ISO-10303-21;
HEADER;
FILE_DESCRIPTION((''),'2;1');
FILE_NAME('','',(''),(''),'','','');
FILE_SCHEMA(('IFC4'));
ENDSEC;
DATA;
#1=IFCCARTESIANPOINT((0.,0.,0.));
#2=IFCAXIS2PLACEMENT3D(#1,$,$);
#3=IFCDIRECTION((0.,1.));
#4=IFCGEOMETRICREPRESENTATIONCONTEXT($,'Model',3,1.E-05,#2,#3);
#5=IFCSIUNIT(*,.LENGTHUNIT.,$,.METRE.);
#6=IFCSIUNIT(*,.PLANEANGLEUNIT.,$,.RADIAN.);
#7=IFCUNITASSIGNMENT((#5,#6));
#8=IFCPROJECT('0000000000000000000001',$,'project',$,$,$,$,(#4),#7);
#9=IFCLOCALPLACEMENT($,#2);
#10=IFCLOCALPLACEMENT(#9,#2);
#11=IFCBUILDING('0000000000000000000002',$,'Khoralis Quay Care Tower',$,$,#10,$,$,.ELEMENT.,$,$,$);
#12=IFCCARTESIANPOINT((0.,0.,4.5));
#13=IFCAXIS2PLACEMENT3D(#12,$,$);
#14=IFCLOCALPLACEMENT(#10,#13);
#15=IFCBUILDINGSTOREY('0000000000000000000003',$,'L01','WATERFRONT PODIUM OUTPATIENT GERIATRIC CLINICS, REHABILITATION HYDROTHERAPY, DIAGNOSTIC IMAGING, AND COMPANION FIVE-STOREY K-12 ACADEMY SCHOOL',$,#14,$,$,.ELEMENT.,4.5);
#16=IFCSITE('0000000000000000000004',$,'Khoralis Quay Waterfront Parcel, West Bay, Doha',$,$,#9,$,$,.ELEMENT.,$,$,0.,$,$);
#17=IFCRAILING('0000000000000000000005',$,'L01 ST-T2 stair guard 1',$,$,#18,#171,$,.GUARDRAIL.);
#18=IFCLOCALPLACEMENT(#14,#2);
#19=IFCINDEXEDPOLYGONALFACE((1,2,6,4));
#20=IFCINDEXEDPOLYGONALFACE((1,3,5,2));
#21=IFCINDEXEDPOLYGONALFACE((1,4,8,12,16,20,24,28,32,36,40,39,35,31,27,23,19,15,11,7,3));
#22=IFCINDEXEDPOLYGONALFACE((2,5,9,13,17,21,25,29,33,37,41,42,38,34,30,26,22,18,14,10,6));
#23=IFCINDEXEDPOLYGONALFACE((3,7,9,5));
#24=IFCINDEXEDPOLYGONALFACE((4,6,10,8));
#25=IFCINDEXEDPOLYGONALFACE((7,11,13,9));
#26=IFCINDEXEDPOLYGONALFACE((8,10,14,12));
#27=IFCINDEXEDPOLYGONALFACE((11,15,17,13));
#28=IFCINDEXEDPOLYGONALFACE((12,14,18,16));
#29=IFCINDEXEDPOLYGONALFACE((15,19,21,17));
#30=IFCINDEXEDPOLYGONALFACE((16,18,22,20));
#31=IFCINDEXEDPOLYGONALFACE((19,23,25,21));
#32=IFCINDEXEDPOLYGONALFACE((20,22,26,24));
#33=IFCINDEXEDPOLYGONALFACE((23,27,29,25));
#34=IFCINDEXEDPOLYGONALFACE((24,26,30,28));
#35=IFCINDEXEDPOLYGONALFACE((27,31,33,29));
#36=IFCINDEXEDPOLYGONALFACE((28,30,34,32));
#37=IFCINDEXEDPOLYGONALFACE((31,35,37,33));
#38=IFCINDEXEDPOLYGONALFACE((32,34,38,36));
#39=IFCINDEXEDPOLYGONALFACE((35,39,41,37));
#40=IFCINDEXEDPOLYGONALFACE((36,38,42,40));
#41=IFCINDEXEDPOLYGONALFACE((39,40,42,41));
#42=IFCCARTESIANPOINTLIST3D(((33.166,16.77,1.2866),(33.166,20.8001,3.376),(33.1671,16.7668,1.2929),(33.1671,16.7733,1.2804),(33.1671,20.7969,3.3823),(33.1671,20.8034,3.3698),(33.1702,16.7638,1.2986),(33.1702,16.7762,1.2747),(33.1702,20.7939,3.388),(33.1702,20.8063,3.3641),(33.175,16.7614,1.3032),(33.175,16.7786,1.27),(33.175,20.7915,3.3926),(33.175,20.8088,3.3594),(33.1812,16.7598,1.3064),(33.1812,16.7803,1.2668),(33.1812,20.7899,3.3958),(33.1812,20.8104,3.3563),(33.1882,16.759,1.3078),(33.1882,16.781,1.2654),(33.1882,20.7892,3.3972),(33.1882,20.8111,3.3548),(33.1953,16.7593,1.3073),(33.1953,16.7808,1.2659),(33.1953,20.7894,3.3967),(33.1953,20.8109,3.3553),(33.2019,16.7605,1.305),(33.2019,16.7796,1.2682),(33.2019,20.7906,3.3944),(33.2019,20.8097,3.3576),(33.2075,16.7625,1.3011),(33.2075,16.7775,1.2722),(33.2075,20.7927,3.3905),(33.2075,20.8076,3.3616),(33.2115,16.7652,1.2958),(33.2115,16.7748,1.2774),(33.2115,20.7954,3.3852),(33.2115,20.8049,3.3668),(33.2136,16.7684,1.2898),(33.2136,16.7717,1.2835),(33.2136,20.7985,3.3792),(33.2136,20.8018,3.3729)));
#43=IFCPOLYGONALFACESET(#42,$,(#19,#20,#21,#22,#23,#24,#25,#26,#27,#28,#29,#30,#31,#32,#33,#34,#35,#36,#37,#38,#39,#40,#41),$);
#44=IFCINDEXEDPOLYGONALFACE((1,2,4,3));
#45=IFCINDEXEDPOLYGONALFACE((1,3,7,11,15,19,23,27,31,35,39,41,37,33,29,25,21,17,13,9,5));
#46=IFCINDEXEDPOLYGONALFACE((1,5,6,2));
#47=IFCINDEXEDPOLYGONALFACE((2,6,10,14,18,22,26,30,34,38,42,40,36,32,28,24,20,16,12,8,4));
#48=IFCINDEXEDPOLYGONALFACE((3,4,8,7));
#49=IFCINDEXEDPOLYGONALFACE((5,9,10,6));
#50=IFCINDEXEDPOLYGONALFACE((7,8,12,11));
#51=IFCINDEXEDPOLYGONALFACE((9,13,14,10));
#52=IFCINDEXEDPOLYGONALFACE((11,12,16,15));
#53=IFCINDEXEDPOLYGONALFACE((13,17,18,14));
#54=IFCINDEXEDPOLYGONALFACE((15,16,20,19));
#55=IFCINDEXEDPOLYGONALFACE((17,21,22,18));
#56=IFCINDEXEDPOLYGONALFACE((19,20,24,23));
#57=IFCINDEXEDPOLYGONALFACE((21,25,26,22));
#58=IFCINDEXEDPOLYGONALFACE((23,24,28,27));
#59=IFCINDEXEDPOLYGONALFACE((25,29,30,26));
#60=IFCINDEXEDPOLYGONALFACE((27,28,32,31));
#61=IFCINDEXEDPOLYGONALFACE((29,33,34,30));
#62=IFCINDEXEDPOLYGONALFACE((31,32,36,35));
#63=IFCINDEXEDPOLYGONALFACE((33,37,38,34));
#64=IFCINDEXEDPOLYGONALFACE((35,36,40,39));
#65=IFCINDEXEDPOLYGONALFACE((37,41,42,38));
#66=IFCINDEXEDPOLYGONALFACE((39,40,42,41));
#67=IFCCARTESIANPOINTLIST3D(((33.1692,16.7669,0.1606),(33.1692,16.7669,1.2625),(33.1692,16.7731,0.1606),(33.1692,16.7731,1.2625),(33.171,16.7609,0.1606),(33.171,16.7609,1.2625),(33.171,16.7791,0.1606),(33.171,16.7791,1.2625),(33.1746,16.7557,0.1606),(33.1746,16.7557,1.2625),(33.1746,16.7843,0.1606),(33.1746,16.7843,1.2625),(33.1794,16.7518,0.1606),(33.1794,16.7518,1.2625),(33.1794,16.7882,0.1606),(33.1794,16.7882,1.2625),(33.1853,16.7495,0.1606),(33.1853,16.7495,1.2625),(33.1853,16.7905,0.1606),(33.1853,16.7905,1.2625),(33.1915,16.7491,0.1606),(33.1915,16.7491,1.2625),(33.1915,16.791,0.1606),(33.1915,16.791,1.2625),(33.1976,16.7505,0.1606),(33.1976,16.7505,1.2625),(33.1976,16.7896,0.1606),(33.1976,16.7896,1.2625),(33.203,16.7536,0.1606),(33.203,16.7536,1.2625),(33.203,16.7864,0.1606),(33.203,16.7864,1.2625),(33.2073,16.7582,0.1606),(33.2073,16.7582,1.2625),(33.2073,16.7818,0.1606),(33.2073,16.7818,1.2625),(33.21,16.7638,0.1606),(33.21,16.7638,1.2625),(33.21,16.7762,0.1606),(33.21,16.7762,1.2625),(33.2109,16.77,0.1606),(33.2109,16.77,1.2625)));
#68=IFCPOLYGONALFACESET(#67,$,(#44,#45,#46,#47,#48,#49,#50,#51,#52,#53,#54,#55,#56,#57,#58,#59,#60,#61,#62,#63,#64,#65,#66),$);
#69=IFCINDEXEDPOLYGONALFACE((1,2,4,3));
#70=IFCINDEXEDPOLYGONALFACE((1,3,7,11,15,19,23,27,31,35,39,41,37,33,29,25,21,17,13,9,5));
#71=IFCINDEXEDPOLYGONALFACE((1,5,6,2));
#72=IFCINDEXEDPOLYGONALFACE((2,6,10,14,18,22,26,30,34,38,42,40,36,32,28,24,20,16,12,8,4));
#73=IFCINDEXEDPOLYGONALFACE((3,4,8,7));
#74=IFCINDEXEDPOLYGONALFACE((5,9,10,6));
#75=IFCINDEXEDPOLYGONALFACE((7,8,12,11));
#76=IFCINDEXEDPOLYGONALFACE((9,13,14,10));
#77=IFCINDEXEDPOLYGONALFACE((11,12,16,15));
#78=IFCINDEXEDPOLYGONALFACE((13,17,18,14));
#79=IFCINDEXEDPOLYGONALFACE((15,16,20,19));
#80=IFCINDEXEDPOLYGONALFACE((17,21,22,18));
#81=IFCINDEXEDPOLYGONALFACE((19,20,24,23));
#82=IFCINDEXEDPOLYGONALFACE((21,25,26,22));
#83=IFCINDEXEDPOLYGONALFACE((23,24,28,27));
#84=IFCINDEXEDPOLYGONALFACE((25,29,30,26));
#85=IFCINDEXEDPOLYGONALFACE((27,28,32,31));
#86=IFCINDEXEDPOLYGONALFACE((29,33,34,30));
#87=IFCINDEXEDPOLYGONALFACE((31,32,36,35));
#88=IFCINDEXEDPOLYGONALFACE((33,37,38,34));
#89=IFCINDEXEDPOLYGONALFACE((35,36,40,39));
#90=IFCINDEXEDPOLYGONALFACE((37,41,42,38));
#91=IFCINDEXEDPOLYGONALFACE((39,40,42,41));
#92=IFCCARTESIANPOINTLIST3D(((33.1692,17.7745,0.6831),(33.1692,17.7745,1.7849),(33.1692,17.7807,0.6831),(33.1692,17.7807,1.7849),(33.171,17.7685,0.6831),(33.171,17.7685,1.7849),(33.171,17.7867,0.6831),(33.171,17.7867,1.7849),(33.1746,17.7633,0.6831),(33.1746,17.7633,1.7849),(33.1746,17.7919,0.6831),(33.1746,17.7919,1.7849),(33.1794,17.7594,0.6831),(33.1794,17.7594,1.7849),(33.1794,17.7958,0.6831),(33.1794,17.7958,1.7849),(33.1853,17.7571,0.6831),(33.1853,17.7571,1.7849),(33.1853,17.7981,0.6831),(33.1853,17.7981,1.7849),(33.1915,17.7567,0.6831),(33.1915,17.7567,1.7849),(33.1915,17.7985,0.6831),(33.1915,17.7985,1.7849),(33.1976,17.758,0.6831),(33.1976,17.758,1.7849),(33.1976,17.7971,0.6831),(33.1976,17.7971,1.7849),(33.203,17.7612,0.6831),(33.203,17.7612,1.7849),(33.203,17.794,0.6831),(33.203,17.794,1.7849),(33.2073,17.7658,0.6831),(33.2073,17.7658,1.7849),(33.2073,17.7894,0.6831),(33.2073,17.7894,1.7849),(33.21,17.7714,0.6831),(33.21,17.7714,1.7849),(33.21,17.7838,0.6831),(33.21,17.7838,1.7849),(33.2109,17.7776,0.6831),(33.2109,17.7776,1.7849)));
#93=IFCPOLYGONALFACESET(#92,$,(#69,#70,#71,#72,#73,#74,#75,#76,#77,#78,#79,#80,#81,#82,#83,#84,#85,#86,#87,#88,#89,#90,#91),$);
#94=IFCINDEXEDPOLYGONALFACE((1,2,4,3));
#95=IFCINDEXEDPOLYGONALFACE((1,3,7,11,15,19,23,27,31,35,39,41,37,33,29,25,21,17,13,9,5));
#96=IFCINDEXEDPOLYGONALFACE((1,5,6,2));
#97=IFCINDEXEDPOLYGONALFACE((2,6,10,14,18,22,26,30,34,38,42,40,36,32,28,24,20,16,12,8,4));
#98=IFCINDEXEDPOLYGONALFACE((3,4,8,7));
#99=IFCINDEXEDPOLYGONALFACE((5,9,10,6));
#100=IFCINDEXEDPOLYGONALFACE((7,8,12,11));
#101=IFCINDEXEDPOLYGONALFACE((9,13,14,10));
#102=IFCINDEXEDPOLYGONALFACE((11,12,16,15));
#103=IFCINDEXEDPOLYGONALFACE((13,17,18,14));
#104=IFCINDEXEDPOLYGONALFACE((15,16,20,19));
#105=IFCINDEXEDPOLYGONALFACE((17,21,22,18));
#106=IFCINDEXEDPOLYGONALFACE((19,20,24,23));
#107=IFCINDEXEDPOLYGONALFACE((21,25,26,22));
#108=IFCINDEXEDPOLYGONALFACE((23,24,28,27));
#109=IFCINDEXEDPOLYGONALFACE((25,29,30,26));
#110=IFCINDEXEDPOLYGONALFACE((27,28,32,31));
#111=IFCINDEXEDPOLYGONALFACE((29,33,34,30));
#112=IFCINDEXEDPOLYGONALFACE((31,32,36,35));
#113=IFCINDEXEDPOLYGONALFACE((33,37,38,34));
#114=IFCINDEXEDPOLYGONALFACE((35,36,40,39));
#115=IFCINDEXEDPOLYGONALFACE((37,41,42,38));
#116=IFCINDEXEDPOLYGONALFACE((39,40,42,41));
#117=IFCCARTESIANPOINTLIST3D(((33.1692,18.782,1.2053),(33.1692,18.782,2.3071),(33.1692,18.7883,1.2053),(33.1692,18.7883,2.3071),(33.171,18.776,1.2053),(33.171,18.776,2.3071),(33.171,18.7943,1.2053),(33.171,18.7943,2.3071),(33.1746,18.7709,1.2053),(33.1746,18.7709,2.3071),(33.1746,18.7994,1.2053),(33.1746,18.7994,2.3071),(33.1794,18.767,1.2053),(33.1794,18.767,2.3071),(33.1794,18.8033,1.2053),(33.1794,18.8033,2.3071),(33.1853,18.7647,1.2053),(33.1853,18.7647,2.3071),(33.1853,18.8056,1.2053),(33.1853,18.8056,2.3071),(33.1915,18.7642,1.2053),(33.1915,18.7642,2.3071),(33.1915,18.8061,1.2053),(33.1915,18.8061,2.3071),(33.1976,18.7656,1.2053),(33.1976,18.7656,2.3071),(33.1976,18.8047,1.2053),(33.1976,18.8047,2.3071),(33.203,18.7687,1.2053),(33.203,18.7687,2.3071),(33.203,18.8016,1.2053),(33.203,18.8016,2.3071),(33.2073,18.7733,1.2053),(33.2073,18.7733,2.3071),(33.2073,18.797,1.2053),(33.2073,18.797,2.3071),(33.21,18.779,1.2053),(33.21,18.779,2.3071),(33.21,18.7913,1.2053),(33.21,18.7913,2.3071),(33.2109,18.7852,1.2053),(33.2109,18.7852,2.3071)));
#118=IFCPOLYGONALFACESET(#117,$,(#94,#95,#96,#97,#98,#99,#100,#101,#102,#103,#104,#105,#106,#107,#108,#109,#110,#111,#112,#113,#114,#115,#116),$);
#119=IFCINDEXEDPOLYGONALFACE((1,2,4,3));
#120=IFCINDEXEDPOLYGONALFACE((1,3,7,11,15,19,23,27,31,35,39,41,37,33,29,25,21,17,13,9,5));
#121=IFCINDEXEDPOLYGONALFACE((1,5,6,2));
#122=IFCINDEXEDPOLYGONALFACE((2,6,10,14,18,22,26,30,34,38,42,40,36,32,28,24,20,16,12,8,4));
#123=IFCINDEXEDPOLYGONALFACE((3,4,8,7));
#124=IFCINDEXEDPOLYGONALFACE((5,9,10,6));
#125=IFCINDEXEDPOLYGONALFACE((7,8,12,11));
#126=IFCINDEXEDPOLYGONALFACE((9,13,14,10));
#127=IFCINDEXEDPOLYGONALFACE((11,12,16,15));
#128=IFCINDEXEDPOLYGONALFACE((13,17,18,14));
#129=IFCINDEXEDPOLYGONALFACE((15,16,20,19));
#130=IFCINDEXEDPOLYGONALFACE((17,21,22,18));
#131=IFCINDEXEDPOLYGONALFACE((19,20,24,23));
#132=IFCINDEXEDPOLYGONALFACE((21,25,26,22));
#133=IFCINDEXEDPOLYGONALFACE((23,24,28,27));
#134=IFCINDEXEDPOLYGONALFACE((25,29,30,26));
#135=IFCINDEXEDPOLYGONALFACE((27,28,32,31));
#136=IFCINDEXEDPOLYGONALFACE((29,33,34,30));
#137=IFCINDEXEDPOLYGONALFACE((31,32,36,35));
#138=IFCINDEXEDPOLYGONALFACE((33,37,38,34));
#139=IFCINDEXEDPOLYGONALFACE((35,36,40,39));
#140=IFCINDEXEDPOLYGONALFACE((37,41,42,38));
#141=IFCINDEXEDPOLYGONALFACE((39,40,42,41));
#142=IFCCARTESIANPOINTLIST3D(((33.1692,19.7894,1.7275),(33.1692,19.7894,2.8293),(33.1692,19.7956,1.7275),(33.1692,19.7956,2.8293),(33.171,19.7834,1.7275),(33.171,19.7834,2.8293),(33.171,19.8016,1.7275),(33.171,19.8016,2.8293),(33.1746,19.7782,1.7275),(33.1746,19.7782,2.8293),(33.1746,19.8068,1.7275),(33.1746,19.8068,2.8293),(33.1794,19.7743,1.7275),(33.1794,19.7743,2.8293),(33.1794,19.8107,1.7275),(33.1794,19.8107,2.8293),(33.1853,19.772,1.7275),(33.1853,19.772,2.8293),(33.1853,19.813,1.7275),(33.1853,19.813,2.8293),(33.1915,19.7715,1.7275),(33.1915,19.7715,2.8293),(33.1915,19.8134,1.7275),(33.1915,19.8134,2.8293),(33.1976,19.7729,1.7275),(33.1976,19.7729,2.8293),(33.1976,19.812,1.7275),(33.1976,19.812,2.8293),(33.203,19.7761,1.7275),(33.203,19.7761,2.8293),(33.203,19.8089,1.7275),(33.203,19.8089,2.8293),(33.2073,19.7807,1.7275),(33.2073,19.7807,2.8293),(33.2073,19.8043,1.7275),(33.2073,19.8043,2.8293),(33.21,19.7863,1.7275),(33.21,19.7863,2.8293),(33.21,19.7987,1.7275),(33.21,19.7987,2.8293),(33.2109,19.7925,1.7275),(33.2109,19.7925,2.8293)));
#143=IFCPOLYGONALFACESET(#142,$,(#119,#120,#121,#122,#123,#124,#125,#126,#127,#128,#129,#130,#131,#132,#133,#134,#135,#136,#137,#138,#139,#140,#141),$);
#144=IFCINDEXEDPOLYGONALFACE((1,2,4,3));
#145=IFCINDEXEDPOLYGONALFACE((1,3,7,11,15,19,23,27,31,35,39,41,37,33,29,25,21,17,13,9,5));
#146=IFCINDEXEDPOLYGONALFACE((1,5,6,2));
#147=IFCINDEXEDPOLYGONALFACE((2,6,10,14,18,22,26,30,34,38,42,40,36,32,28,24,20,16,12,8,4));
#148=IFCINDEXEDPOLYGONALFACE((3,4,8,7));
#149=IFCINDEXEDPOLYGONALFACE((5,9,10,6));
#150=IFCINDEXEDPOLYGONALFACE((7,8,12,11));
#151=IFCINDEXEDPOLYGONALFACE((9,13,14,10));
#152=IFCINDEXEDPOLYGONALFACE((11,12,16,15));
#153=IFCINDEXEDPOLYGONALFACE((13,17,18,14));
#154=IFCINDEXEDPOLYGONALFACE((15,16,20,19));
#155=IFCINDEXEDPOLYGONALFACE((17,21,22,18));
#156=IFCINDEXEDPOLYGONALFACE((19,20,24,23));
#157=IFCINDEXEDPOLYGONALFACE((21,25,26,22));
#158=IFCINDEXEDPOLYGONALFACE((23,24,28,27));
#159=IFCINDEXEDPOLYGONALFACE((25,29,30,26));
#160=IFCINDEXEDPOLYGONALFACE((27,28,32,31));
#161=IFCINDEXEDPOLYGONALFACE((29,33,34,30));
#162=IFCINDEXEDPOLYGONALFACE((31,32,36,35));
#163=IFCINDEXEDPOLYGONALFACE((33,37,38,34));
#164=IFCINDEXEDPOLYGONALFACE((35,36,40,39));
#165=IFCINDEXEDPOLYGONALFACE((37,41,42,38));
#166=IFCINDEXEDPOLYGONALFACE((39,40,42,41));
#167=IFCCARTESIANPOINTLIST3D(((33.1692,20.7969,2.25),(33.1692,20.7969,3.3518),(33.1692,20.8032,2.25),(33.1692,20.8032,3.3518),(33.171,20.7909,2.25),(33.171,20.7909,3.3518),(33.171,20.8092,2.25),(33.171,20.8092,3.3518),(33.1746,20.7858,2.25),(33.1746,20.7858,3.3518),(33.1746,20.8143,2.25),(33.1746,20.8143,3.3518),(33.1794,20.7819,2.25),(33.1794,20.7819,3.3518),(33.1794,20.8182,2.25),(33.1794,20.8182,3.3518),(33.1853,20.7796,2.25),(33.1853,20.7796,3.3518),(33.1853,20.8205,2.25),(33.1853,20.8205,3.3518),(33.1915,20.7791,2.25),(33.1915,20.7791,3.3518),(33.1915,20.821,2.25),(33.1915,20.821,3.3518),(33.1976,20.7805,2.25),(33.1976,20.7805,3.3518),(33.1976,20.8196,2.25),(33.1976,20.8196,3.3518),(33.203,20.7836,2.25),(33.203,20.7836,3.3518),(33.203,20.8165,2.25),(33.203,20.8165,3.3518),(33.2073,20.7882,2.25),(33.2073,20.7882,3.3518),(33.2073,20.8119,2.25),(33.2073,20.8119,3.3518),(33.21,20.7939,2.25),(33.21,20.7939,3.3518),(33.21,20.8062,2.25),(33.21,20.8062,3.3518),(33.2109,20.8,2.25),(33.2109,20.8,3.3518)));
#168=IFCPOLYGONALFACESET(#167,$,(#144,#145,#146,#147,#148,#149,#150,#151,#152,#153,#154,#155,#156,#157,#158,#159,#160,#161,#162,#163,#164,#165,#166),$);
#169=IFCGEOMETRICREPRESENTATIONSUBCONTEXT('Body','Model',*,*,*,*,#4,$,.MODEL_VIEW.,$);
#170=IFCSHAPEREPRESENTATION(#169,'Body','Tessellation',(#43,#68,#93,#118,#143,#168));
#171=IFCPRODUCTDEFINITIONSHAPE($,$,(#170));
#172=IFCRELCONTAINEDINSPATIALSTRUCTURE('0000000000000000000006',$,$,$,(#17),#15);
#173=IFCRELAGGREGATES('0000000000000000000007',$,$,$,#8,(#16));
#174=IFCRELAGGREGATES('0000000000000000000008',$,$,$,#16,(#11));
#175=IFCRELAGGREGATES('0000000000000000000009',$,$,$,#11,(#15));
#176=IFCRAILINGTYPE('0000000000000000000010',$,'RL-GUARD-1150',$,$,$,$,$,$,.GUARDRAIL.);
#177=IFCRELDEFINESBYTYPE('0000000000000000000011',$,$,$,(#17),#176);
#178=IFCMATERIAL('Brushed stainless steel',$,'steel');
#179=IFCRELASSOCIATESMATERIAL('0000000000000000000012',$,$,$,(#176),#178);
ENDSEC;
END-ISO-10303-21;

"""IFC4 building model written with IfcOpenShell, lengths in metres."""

from ifc_helpers import new_model, si_unit, direction, frame, origin, origin_2d, place, context, subcontext, project, spatial, circle, extrude, material, type_object, element, save


model = new_model("IFC4")

# Units and contexts
model_context = context("Model", 3, precision=1e-05, world=origin(), true_north=direction((0.0, 1.0)))
body_context = subcontext(model_context, "Body", "Model", "MODEL_VIEW")
ifc_project = project(units=[si_unit("LENGTHUNIT", "METRE"), si_unit("PLANEANGLEUNIT", "RADIAN")], contexts=[model_context])

# Site, building, storey
site_placement = place(None, origin())
site = spatial("IfcSite", under=ifc_project, at=site_placement, Name="Khoralis Quay Waterfront Parcel, West Bay, Doha", CompositionType="ELEMENT", RefElevation=0.0)
building_placement = place(site_placement, origin())
building = spatial("IfcBuilding", under=site, at=building_placement, Name="Khoralis Quay Care Tower", CompositionType="ELEMENT")
storey_placement = place(building_placement, frame((0.0, 0.0, 4.5)))
storey = spatial("IfcBuildingStorey", under=building, at=storey_placement, Name="L01", Description="WATERFRONT PODIUM OUTPATIENT GERIATRIC CLINICS, REHABILITATION HYDROTHERAPY, DIAGNOSTIC IMAGING, AND COMPANION FIVE-STOREY K-12 ACADEMY SCHOOL", CompositionType="ELEMENT", Elevation=4.5)

# Shared definitions
ifc_material_1 = material(Name="Brushed stainless steel", Category="steel")

# Railing
railing_type_1 = type_object("IfcRailingType", Name="RL-GUARD-1150", PredefinedType="GUARDRAIL", material=ifc_material_1)
railing_1_placement = place(storey_placement, frame((33.1899, 16.77, 0.1606)))
element("IfcRailing", 1, at=railing_1_placement, inside=storey, type_object=railing_type_1, Name="L01 ST-T2 stair guard 1", PredefinedType="GUARDRAIL", context=body_context, shape_type="SweptSolid", body=[
    extrude(circle(Radius=0.0239, at=origin_2d()), frame((0.0, 0.0, 1.126), z_axis=(0.0, 0.887781, 0.460267), x_axis=(-1.0, 0.0, 0.0)), (0.0, 0.0, 1.0), 4.5396),
    extrude(circle(Radius=0.021, at=origin_2d()), origin(), (0.0, 0.0, 1.0), 1.1018),
    extrude(circle(Radius=0.021, at=origin_2d()), frame((0.0, 1.0076, 0.5225)), (0.0, 0.0, 1.0), 1.1018),
    extrude(circle(Radius=0.021, at=origin_2d()), frame((0.0, 2.0151, 1.0447)), (0.0, 0.0, 1.0), 1.1018),
    extrude(circle(Radius=0.021, at=origin_2d()), frame((0.0, 3.0225, 1.5669)), (0.0, 0.0, 1.0), 1.1018),
    extrude(circle(Radius=0.021, at=origin_2d()), frame((0.0, 4.03, 2.0894)), (0.0, 0.0, 1.0), 1.1018),
])

save(model, "model.ifc")
